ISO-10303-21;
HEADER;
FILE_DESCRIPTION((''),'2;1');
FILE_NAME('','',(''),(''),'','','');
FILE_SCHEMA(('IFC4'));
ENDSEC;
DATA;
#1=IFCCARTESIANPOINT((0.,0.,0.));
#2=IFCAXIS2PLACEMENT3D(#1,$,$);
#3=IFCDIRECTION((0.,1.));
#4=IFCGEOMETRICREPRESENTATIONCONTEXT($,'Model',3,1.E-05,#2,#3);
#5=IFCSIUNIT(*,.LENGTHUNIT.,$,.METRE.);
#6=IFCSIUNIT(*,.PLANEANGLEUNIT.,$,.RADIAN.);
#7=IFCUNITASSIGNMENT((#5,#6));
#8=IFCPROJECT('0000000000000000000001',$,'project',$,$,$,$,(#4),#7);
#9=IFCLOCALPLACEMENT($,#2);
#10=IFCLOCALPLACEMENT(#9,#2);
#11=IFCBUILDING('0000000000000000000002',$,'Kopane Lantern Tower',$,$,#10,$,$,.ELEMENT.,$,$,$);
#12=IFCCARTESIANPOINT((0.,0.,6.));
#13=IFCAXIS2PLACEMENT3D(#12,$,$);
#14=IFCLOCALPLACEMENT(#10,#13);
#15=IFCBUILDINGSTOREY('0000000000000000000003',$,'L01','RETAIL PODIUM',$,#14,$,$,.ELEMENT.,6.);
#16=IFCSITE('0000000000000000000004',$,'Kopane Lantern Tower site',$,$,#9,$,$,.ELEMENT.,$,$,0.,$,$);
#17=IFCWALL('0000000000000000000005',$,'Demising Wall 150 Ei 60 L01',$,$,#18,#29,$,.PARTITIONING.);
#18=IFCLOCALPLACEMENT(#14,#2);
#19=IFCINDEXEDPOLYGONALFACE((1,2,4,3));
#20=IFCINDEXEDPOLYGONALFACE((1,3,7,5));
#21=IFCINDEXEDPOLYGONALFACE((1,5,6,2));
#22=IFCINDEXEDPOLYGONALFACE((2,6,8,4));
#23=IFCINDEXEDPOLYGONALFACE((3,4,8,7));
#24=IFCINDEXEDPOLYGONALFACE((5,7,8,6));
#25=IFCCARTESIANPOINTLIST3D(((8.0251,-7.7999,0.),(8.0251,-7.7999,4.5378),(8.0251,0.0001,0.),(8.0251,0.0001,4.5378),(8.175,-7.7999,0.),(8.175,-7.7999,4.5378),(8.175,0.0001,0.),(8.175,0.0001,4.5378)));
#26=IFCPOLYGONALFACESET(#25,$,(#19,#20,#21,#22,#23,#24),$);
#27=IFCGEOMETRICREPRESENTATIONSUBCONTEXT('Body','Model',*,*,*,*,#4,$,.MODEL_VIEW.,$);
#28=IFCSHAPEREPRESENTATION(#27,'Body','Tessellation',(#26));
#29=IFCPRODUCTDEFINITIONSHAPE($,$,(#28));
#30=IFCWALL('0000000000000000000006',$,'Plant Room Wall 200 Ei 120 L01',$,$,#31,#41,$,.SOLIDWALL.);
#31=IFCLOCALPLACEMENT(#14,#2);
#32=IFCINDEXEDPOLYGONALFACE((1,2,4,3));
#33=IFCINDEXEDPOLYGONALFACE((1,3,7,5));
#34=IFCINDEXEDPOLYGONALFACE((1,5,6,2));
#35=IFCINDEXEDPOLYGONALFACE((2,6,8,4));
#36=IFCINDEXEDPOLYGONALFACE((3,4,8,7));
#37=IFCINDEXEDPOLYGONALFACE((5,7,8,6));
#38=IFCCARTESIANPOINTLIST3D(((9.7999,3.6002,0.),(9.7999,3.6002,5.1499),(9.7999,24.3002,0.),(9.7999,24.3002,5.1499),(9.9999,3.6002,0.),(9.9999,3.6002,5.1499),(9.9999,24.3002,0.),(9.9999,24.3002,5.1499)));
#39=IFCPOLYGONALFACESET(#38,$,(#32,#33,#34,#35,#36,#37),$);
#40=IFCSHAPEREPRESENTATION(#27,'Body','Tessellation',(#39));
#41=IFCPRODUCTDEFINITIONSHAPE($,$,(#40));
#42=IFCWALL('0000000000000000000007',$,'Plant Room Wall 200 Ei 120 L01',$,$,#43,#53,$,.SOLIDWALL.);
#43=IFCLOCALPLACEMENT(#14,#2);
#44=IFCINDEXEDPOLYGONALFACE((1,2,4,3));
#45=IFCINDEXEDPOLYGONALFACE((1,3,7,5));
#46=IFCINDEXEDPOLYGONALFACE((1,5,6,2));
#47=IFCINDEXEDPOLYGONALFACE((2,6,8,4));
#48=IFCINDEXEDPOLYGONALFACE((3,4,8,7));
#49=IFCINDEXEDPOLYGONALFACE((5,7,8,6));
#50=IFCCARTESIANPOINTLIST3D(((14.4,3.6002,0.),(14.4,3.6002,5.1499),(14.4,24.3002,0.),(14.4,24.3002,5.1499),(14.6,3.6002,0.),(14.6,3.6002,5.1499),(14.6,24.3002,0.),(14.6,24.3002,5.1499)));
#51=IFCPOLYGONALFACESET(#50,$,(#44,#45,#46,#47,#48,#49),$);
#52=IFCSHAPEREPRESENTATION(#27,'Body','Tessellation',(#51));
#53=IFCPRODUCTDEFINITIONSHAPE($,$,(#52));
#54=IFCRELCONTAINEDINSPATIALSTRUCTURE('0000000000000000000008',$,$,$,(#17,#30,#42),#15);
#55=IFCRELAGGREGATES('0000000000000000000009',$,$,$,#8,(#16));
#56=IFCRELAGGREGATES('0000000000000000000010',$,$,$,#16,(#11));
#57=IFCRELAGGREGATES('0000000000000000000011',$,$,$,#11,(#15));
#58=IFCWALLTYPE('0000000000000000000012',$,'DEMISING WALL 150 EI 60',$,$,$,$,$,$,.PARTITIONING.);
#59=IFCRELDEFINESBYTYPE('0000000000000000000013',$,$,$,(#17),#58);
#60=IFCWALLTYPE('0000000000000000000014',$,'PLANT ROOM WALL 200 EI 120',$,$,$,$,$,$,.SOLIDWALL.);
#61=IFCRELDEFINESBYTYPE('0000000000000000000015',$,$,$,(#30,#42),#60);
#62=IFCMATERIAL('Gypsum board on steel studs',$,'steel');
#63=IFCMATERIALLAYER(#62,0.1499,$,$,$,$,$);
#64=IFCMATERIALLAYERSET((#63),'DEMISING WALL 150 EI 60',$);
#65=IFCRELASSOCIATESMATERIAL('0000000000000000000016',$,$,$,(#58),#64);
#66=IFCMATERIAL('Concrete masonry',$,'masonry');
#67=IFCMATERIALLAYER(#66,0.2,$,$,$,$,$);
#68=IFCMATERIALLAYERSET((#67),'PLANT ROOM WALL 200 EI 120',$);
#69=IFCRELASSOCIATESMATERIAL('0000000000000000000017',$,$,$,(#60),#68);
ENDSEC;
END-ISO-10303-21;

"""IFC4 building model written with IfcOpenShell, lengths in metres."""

from ifc_helpers import new_model, si_unit, direction, frame, frame_2d, origin, place, context, subcontext, project, spatial, rectangle, extrude, material, layer, layer_set, type_object, element, save


model = new_model("IFC4")

# Units and contexts
model_context = context("Model", 3, precision=1e-05, world=origin(), true_north=direction((0.0, 1.0)))
body_context = subcontext(model_context, "Body", "Model", "MODEL_VIEW")
ifc_project = project(units=[si_unit("LENGTHUNIT", "METRE"), si_unit("PLANEANGLEUNIT", "RADIAN")], contexts=[model_context])

# Site, building, storey
site_placement = place(None, origin())
site = spatial("IfcSite", under=ifc_project, at=site_placement, Name="Kopane Lantern Tower site", CompositionType="ELEMENT", RefElevation=0.0)
building_placement = place(site_placement, origin())
building = spatial("IfcBuilding", under=site, at=building_placement, Name="Kopane Lantern Tower", CompositionType="ELEMENT")
storey_placement = place(building_placement, frame((0.0, 0.0, 6.0)))
storey = spatial("IfcBuildingStorey", under=building, at=storey_placement, Name="L01", Description="RETAIL PODIUM", CompositionType="ELEMENT", Elevation=6.0)

# Walls
ifc_material_1 = material(Name="Gypsum board on steel studs", Category="steel")
ifc_layer_1 = layer(ifc_material_1, 0.1499)
ifc_layer_set_1 = layer_set([ifc_layer_1], Name="DEMISING WALL 150 EI 60")
wall_type_1 = type_object("IfcWallType", Name="DEMISING WALL 150 EI 60", PredefinedType="PARTITIONING", material=ifc_layer_set_1)
wall_1_placement = place(storey_placement, frame((8.1001, 0.0, 0.0), z_axis=(0.0, 0.0, 1.0), x_axis=(0.0, -1.0, 0.0)))
element("IfcWall", 1, at=wall_1_placement, inside=storey, type_object=wall_type_1, Name="Demising Wall 150 Ei 60 L01", PredefinedType="PARTITIONING", context=body_context, shape_type="SweptSolid", body=[
    extrude(rectangle(XDim=7.8, YDim=0.1499, at=frame_2d((3.8999, 0.0))), origin(), (0.0, 0.0, 1.0), 4.5378),
])
ifc_material_2 = material(Name="Concrete masonry", Category="masonry")
ifc_layer_2 = layer(ifc_material_2, 0.2)
ifc_layer_set_2 = layer_set([ifc_layer_2], Name="PLANT ROOM WALL 200 EI 120")
wall_type_2 = type_object("IfcWallType", Name="PLANT ROOM WALL 200 EI 120", PredefinedType="SOLIDWALL", material=ifc_layer_set_2)
for number, where, z_axis, x_axis, name in (
    (2, (9.8999, 3.6001, 0.0), (0.0, 0.0, 1.0), (0.0, 1.0, 0.0), "Plant Room Wall 200 Ei 120 L01"),
    (3, (14.5, 3.6001, 0.0), (0.0, 0.0, 1.0), (0.0, 1.0, 0.0), "Plant Room Wall 200 Ei 120 L01"),
):
    element("IfcWall", number, at=place(storey_placement, frame(where, z_axis=z_axis, x_axis=x_axis)), inside=storey, type_object=wall_type_2, Name=name, PredefinedType="SOLIDWALL", context=body_context, shape_type="SweptSolid", body=[
        extrude(rectangle(XDim=20.7, YDim=0.2, at=frame_2d((10.3501, 0.0))), origin(), (0.0, 0.0, 1.0), 5.1499),
    ])

save(model, "model.ifc")
